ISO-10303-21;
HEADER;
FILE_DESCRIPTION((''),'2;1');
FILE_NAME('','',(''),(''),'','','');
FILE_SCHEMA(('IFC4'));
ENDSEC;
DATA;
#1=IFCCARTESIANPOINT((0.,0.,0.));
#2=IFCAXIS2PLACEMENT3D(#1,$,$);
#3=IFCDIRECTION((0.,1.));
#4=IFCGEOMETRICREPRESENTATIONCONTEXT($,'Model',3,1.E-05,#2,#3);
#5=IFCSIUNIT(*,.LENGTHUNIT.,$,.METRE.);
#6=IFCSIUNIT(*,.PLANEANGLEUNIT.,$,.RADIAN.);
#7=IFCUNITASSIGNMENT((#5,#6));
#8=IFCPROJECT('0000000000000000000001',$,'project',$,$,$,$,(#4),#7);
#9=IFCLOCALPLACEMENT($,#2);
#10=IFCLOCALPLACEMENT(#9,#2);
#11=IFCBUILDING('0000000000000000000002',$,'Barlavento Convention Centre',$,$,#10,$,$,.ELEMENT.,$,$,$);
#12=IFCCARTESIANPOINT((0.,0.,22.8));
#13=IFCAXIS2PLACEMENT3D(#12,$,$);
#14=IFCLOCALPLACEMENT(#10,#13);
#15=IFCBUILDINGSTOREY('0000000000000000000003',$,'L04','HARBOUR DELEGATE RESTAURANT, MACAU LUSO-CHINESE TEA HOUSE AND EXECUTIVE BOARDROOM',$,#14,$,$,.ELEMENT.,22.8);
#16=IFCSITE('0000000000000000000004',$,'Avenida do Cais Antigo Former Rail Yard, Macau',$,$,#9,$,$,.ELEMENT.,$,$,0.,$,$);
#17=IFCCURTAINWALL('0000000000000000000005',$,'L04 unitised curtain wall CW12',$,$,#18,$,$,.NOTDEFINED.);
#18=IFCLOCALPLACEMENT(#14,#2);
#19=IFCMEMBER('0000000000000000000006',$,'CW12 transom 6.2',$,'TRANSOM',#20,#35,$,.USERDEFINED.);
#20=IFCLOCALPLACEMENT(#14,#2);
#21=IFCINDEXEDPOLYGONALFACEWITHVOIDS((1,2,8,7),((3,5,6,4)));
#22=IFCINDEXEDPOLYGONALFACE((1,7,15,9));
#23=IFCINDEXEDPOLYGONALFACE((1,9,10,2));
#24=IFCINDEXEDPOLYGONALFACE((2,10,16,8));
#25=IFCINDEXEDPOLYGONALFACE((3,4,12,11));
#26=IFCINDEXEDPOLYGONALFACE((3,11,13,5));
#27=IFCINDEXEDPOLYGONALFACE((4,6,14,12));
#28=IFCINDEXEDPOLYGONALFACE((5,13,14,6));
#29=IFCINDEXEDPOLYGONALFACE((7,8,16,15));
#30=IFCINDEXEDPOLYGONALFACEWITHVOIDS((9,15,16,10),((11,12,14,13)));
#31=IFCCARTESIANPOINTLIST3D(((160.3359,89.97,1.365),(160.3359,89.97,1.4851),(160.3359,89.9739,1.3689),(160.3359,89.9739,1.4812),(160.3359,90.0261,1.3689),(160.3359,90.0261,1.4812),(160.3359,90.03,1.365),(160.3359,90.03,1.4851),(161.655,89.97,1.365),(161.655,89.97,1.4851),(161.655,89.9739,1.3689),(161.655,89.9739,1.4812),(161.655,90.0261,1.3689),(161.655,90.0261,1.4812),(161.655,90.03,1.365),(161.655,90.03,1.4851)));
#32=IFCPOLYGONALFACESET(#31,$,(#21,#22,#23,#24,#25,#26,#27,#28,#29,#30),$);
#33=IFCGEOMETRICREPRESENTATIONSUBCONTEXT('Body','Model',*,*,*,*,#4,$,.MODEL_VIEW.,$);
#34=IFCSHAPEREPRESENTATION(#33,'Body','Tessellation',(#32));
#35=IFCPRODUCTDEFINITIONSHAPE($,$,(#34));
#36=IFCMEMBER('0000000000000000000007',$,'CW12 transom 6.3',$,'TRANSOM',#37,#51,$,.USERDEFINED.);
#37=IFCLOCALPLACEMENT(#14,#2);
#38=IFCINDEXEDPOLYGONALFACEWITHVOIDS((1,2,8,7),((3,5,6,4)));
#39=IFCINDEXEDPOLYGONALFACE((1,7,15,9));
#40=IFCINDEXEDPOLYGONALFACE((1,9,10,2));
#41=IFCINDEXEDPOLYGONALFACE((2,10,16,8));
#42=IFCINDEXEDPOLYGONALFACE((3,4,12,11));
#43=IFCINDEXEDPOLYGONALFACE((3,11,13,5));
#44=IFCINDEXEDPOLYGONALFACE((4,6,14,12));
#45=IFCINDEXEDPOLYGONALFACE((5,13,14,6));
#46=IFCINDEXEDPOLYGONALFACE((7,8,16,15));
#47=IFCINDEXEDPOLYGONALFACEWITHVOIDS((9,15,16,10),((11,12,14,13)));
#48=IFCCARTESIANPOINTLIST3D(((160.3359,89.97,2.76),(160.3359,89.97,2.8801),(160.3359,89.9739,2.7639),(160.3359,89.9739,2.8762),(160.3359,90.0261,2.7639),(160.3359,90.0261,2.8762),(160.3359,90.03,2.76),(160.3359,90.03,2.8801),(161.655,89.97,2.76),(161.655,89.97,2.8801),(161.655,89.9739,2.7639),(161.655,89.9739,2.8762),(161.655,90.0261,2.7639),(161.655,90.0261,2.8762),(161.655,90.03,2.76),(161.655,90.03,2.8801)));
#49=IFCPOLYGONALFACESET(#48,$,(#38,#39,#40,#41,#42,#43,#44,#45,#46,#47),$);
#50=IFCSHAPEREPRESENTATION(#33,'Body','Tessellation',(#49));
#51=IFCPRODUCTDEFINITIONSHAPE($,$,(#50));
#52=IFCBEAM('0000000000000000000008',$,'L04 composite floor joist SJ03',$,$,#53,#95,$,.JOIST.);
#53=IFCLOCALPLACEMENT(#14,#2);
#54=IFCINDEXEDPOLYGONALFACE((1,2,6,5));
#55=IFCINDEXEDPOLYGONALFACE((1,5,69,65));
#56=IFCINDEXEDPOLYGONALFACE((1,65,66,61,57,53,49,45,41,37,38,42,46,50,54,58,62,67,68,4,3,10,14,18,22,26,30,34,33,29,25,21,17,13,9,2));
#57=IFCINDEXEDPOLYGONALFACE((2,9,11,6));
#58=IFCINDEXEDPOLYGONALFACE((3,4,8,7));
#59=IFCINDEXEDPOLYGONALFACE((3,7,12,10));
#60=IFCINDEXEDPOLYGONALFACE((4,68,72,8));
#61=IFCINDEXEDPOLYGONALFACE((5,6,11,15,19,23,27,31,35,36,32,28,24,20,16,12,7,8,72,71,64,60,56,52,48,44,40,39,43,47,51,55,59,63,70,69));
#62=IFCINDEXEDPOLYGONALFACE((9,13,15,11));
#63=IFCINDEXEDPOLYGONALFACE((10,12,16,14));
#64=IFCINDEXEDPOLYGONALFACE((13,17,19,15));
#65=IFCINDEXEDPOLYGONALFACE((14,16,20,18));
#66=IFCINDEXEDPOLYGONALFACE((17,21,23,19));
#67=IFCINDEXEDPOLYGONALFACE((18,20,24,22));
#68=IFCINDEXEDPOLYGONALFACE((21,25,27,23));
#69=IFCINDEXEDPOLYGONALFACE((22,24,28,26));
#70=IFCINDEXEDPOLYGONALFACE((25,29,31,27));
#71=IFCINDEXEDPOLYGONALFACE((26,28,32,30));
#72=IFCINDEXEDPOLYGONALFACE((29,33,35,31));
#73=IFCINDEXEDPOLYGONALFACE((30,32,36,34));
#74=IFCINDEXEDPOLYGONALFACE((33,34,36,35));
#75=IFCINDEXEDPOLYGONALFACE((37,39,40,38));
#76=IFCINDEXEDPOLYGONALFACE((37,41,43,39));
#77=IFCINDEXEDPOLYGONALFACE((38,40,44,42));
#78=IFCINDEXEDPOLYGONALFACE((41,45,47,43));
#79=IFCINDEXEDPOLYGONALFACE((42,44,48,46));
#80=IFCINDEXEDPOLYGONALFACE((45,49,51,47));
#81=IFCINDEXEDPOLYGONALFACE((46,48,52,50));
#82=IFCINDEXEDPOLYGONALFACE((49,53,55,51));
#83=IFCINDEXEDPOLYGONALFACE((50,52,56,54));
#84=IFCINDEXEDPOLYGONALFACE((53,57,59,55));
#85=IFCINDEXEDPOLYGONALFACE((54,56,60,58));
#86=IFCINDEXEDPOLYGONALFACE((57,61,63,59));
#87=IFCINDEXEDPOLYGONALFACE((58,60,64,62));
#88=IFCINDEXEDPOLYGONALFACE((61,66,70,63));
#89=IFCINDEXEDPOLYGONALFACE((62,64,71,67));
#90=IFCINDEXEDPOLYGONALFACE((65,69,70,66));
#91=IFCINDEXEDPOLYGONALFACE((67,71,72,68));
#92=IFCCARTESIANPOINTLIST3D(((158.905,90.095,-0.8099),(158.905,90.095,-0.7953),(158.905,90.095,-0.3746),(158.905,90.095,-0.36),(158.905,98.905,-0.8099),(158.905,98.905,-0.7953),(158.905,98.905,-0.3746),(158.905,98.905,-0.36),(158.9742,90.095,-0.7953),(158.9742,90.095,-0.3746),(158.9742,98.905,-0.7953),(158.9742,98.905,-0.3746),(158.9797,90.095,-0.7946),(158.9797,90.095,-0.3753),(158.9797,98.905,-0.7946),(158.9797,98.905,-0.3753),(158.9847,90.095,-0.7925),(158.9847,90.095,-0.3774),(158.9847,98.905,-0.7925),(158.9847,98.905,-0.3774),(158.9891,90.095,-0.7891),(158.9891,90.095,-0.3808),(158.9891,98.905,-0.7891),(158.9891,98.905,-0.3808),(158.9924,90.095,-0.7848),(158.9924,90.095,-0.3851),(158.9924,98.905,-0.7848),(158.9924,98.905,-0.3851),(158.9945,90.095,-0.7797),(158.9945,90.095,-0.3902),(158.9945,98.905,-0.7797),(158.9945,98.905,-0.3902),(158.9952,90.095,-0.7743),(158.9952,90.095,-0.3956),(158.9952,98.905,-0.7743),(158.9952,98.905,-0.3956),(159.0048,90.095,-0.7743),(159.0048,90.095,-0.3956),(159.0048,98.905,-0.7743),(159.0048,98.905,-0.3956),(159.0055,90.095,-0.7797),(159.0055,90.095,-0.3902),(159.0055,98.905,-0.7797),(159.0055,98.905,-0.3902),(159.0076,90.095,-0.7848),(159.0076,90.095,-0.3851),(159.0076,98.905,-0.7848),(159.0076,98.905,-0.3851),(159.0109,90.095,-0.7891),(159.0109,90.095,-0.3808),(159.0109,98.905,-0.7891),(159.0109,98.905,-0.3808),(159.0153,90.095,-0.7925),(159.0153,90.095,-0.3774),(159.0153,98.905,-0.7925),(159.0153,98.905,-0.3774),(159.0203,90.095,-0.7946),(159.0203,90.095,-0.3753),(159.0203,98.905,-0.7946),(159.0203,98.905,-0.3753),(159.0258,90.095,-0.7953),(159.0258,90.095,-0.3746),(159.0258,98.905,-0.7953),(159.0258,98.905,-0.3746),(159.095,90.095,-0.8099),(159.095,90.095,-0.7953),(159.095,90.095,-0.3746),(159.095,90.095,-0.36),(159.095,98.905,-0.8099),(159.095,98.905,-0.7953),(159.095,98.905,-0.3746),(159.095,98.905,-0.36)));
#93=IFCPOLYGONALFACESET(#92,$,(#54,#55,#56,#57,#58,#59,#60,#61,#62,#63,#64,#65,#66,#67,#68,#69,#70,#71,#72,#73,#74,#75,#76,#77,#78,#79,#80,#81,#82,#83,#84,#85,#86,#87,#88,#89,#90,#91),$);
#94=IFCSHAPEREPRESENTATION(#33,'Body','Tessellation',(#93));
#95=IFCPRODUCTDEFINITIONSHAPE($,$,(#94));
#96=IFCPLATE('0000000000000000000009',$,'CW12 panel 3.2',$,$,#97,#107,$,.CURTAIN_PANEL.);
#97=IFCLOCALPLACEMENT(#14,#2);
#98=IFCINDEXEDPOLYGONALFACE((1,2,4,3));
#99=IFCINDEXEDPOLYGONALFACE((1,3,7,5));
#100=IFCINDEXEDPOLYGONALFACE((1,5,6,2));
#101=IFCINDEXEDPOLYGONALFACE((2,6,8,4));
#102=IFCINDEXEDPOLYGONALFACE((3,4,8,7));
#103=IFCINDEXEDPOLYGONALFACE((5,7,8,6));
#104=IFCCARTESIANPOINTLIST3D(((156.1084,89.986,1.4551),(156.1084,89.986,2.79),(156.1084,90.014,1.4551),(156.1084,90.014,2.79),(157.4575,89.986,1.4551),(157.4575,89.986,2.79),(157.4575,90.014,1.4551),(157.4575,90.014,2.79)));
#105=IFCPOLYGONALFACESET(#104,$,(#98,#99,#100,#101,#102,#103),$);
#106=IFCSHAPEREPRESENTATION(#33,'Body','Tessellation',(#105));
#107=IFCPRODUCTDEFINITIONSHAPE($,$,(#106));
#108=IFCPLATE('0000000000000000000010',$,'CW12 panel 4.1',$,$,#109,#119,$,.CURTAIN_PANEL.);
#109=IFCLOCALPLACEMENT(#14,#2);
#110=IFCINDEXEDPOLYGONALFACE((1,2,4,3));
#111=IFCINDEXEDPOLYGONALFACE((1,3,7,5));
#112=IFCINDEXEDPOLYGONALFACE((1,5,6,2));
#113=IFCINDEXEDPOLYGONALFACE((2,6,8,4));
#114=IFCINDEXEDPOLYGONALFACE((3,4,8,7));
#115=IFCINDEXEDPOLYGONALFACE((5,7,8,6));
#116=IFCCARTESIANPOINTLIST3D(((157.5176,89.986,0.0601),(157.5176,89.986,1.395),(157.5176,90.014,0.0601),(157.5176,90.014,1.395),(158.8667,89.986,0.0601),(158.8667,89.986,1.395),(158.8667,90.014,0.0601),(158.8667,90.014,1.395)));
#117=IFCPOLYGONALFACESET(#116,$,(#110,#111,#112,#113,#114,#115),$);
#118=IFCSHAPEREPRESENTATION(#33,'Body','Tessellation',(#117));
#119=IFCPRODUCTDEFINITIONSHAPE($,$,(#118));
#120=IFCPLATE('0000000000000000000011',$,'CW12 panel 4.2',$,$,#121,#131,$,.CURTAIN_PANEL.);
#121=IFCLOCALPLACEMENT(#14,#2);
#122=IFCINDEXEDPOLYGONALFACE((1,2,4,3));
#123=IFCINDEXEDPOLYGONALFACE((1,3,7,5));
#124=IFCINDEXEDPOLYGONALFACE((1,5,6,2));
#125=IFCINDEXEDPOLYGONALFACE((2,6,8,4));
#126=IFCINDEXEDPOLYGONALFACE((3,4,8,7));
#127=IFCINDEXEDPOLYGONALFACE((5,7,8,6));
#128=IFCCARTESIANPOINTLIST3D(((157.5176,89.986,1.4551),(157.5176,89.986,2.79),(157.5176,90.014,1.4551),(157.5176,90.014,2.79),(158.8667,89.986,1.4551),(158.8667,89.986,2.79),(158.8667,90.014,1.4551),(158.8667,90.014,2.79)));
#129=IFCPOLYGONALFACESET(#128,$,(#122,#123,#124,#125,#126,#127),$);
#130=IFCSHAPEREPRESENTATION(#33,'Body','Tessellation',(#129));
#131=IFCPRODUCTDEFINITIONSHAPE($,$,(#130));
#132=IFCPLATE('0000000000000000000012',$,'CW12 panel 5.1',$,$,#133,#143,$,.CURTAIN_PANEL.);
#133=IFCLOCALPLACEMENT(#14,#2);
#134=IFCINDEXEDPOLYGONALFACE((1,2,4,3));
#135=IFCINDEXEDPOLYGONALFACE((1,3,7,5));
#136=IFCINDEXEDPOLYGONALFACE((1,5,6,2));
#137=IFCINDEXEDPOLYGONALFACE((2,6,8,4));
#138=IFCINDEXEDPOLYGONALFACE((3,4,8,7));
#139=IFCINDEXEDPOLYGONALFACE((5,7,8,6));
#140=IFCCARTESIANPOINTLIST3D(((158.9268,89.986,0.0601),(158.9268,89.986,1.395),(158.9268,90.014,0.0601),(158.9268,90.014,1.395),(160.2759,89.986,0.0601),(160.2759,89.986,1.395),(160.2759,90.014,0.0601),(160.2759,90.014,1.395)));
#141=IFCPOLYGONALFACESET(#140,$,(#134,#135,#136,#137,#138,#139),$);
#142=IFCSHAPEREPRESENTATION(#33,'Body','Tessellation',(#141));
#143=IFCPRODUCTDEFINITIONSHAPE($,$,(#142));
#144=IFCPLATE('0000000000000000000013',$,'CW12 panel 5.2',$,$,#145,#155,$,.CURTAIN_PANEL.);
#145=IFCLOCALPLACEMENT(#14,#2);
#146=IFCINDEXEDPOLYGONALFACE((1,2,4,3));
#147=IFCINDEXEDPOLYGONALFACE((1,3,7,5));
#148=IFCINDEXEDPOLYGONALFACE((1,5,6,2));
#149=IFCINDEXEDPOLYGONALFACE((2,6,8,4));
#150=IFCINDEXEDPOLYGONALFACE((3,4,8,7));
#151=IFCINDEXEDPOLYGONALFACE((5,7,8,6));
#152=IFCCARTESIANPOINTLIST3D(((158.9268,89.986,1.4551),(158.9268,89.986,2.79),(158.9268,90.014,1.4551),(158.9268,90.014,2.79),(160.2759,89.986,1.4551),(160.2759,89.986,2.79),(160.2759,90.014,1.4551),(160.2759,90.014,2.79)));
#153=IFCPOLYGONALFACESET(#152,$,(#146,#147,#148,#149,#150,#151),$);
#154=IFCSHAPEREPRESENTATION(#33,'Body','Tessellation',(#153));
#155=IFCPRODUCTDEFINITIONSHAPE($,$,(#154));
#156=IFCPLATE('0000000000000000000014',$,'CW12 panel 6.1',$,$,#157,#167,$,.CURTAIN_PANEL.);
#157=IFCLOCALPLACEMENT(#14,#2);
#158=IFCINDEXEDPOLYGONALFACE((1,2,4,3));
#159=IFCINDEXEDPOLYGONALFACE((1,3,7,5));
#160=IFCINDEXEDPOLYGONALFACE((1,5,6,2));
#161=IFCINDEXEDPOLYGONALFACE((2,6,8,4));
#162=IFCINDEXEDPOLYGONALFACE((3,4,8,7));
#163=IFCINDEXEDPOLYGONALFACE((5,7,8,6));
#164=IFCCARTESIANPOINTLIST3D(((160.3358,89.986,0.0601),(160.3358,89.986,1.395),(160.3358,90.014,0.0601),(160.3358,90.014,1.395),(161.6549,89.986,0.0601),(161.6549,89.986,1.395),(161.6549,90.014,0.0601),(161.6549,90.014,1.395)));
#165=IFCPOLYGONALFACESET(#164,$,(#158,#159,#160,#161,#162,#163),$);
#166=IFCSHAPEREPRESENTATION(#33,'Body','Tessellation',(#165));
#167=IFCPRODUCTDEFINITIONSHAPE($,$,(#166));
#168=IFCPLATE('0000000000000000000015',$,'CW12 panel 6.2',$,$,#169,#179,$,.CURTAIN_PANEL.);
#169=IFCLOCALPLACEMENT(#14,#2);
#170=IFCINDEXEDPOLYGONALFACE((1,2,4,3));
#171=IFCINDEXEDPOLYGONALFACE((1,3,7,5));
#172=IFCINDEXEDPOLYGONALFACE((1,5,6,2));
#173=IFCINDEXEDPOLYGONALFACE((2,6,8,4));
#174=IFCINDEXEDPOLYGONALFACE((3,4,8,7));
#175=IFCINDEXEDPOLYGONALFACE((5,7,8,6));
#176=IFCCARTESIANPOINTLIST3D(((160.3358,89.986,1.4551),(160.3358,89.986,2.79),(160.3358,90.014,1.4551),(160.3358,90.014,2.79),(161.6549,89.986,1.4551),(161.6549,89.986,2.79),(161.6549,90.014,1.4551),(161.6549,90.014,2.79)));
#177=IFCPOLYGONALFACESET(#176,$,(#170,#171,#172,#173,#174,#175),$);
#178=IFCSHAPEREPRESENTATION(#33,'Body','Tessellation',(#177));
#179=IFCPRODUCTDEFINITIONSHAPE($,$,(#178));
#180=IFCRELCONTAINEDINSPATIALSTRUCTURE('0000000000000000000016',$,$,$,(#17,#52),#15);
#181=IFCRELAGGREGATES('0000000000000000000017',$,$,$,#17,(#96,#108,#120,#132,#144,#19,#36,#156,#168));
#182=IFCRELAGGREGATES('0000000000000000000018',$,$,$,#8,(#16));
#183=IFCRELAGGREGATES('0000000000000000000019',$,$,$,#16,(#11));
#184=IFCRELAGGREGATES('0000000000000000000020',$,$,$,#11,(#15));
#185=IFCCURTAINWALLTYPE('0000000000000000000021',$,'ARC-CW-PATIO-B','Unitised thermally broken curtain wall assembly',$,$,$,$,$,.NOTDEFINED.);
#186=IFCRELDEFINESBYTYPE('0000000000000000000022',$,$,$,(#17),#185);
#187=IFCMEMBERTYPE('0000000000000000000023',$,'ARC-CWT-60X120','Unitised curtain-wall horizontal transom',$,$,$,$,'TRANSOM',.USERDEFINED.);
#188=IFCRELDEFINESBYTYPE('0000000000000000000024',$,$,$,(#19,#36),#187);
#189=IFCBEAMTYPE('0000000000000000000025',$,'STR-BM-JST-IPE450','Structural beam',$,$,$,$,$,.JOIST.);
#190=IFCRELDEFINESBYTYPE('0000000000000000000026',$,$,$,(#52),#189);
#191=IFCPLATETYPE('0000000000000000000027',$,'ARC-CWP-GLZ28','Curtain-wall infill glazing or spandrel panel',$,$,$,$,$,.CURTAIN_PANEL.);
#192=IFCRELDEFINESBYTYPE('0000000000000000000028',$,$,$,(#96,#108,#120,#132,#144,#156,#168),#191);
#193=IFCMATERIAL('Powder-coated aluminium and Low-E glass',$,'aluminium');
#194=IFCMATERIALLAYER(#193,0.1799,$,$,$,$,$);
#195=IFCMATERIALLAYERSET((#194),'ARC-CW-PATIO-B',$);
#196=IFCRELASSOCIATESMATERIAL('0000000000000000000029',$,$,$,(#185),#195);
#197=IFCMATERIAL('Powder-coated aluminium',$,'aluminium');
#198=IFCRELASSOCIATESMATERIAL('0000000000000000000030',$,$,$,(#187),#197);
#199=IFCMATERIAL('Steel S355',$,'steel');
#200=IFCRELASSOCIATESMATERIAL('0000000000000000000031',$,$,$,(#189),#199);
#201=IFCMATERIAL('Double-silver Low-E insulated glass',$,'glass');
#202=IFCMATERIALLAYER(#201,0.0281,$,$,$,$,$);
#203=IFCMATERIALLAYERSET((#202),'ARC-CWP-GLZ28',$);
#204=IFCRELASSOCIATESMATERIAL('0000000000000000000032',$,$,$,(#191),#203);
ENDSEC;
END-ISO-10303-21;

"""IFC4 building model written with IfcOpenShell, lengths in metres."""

from ifc_helpers import new_model, si_unit, direction, frame, origin, origin_2d, place, context, subcontext, project, spatial, rectangle, hollow_rectangle, i_section, extrude, material, layer, layer_set, material_profile, profile_set, type_object, element, aggregate, save


model = new_model("IFC4")

# Units and contexts
model_context = context("Model", 3, precision=1e-05, world=origin(), true_north=direction((0.0, 1.0)))
body_context = subcontext(model_context, "Body", "Model", "MODEL_VIEW")
ifc_project = project(units=[si_unit("LENGTHUNIT", "METRE"), si_unit("PLANEANGLEUNIT", "RADIAN")], contexts=[model_context])

# Site, building, storey
site_placement = place(None, origin())
site = spatial("IfcSite", under=ifc_project, at=site_placement, Name="Avenida do Cais Antigo Former Rail Yard, Macau", CompositionType="ELEMENT", RefElevation=0.0)
building_placement = place(site_placement, origin())
building = spatial("IfcBuilding", under=site, at=building_placement, Name="Barlavento Convention Centre", CompositionType="ELEMENT")
storey_placement = place(building_placement, frame((0.0, 0.0, 22.8)))
storey = spatial("IfcBuildingStorey", under=building, at=storey_placement, Name="L04", Description="HARBOUR DELEGATE RESTAURANT, MACAU LUSO-CHINESE TEA HOUSE AND EXECUTIVE BOARDROOM", CompositionType="ELEMENT", Elevation=22.8)

# Curtain wall, members
ifc_material_1 = material(Name="Powder-coated aluminium and Low-E glass", Category="aluminium")
ifc_layer_1 = layer(ifc_material_1, 0.1799)
ifc_layer_set_1 = layer_set([ifc_layer_1], Name="ARC-CW-PATIO-B")
curtain_wall_type = type_object("IfcCurtainWallType", Name="ARC-CW-PATIO-B", Description="Unitised thermally broken curtain wall assembly", PredefinedType="NOTDEFINED", material=ifc_layer_set_1)
curtain_wall_placement = place(storey_placement, origin())
curtain_wall = element("IfcCurtainWall", 1, at=curtain_wall_placement, inside=storey, type_object=curtain_wall_type, Name="L04 unitised curtain wall CW12", PredefinedType="NOTDEFINED")
ifc_material_2 = material(Name="Powder-coated aluminium", Category="aluminium")
ifc_material_profile_1 = material_profile(ifc_material_2, hollow_rectangle(XDim=0.0601, YDim=0.1201, WallThickness=0.0039, at=origin_2d()), Name="AL-TRAN 60x120x4")
ifc_profile_set_1 = profile_set([ifc_material_profile_1], Name="Powder-coated aluminium")
member_type_1 = type_object("IfcMemberType", Name="ARC-CWT-60X120", Description="Unitised curtain-wall horizontal transom", ElementType="TRANSOM", PredefinedType="USERDEFINED", material=ifc_profile_set_1)
member_1_placement = place(storey_placement, frame((160.3359, 90.0, 1.425), z_axis=(1.0, 0.0, 0.0), x_axis=(0.0, 1.0, 0.0)))
member_1 = element("IfcMember", 2, at=member_1_placement, type_object=member_type_1, Name="CW12 transom 6.2", ObjectType="TRANSOM", PredefinedType="USERDEFINED", context=body_context, shape_type="SweptSolid", body=[
    extrude(hollow_rectangle(XDim=0.0601, YDim=0.1201, WallThickness=0.0039, at=origin_2d()), origin(), (0.0, 0.0, 1.0), 1.3191),
])
member_2_placement = place(storey_placement, frame((160.3359, 90.0, 2.8201), z_axis=(1.0, 0.0, 0.0), x_axis=(0.0, 1.0, 0.0)))
member_2 = element("IfcMember", 3, at=member_2_placement, type_object=member_type_1, Name="CW12 transom 6.3", ObjectType="TRANSOM", PredefinedType="USERDEFINED", context=body_context, shape_type="SweptSolid", body=[
    extrude(hollow_rectangle(XDim=0.0601, YDim=0.1201, WallThickness=0.0039, at=origin_2d()), origin(), (0.0, 0.0, 1.0), 1.3191),
])

# Beam
ifc_material_3 = material(Name="Steel S355", Category="steel")
ifc_material_profile_2 = material_profile(ifc_material_3, i_section(OverallWidth=0.1899, OverallDepth=0.45, WebThickness=0.0095, FlangeThickness=0.0146, FilletRadius=0.021, at=origin_2d()), Name="IPE 450")
ifc_profile_set_2 = profile_set([ifc_material_profile_2], Name="Steel S355")
beam_type = type_object("IfcBeamType", Name="STR-BM-JST-IPE450", Description="Structural beam", PredefinedType="JOIST", material=ifc_profile_set_2)
beam_placement = place(storey_placement, frame((159.0, 90.095, -0.585), z_axis=(0.0, 1.0, 0.0), x_axis=(-1.0, 0.0, 0.0)))
element("IfcBeam", 4, at=beam_placement, inside=storey, type_object=beam_type, Name="L04 composite floor joist SJ03", PredefinedType="JOIST", context=body_context, shape_type="SweptSolid", body=[
    extrude(i_section(OverallWidth=0.1899, OverallDepth=0.45, WebThickness=0.0095, FlangeThickness=0.0146, FilletRadius=0.021, at=origin_2d()), origin(), (0.0, 0.0, 1.0), 8.8101),
])

# Plates
ifc_material_4 = material(Name="Double-silver Low-E insulated glass", Category="glass")
ifc_layer_2 = layer(ifc_material_4, 0.0281)
ifc_layer_set_2 = layer_set([ifc_layer_2], Name="ARC-CWP-GLZ28")
plate_type = type_object("IfcPlateType", Name="ARC-CWP-GLZ28", Description="Curtain-wall infill glazing or spandrel panel", PredefinedType="CURTAIN_PANEL", material=ifc_layer_set_2)
plate_1_placement = place(storey_placement, frame((156.783, 90.0, 1.4551), z_axis=(0.0, 0.0, 1.0), x_axis=(1.0, 0.0, 0.0)))
plate_1 = element("IfcPlate", 5, at=plate_1_placement, type_object=plate_type, Name="CW12 panel 3.2", PredefinedType="CURTAIN_PANEL", context=body_context, shape_type="SweptSolid", body=[
    extrude(rectangle(XDim=1.3491, YDim=0.0281, at=origin_2d()), origin(), (0.0, 0.0, 1.0), 1.335),
])
plate_2_placement = place(storey_placement, frame((158.1921, 90.0, 0.0601), z_axis=(0.0, 0.0, 1.0), x_axis=(1.0, 0.0, 0.0)))
plate_2 = element("IfcPlate", 6, at=plate_2_placement, type_object=plate_type, Name="CW12 panel 4.1", PredefinedType="CURTAIN_PANEL", context=body_context, shape_type="SweptSolid", body=[
    extrude(rectangle(XDim=1.3491, YDim=0.0281, at=origin_2d()), origin(), (0.0, 0.0, 1.0), 1.335),
])
plate_3_placement = place(storey_placement, frame((158.1921, 90.0, 1.4551), z_axis=(0.0, 0.0, 1.0), x_axis=(1.0, 0.0, 0.0)))
plate_3 = element("IfcPlate", 7, at=plate_3_placement, type_object=plate_type, Name="CW12 panel 4.2", PredefinedType="CURTAIN_PANEL", context=body_context, shape_type="SweptSolid", body=[
    extrude(rectangle(XDim=1.3491, YDim=0.0281, at=origin_2d()), origin(), (0.0, 0.0, 1.0), 1.335),
])
plate_4_placement = place(storey_placement, frame((159.6013, 90.0, 0.0601), z_axis=(0.0, 0.0, 1.0), x_axis=(1.0, 0.0, 0.0)))
plate_4 = element("IfcPlate", 8, at=plate_4_placement, type_object=plate_type, Name="CW12 panel 5.1", PredefinedType="CURTAIN_PANEL", context=body_context, shape_type="SweptSolid", body=[
    extrude(rectangle(XDim=1.3491, YDim=0.0281, at=origin_2d()), origin(), (0.0, 0.0, 1.0), 1.335),
])
plate_5_placement = place(storey_placement, frame((159.6013, 90.0, 1.4551), z_axis=(0.0, 0.0, 1.0), x_axis=(1.0, 0.0, 0.0)))
plate_5 = element("IfcPlate", 9, at=plate_5_placement, type_object=plate_type, Name="CW12 panel 5.2", PredefinedType="CURTAIN_PANEL", context=body_context, shape_type="SweptSolid", body=[
    extrude(rectangle(XDim=1.3491, YDim=0.0281, at=origin_2d()), origin(), (0.0, 0.0, 1.0), 1.335),
])
plate_6_placement = place(storey_placement, frame((160.9954, 90.0, 0.0601), z_axis=(0.0, 0.0, 1.0), x_axis=(1.0, 0.0, 0.0)))
plate_6 = element("IfcPlate", 10, at=plate_6_placement, type_object=plate_type, Name="CW12 panel 6.1", PredefinedType="CURTAIN_PANEL", context=body_context, shape_type="SweptSolid", body=[
    extrude(rectangle(XDim=1.3191, YDim=0.0281, at=origin_2d()), origin(), (0.0, 0.0, 1.0), 1.335),
])
plate_7_placement = place(storey_placement, frame((160.9954, 90.0, 1.4551), z_axis=(0.0, 0.0, 1.0), x_axis=(1.0, 0.0, 0.0)))
plate_7 = element("IfcPlate", 11, at=plate_7_placement, type_object=plate_type, Name="CW12 panel 6.2", PredefinedType="CURTAIN_PANEL", context=body_context, shape_type="SweptSolid", body=[
    extrude(rectangle(XDim=1.3191, YDim=0.0281, at=origin_2d()), origin(), (0.0, 0.0, 1.0), 1.335),
])
aggregate(curtain_wall, [plate_1, plate_2, plate_3, plate_4, plate_5, member_1, member_2, plate_6, plate_7])

save(model, "model.ifc")
